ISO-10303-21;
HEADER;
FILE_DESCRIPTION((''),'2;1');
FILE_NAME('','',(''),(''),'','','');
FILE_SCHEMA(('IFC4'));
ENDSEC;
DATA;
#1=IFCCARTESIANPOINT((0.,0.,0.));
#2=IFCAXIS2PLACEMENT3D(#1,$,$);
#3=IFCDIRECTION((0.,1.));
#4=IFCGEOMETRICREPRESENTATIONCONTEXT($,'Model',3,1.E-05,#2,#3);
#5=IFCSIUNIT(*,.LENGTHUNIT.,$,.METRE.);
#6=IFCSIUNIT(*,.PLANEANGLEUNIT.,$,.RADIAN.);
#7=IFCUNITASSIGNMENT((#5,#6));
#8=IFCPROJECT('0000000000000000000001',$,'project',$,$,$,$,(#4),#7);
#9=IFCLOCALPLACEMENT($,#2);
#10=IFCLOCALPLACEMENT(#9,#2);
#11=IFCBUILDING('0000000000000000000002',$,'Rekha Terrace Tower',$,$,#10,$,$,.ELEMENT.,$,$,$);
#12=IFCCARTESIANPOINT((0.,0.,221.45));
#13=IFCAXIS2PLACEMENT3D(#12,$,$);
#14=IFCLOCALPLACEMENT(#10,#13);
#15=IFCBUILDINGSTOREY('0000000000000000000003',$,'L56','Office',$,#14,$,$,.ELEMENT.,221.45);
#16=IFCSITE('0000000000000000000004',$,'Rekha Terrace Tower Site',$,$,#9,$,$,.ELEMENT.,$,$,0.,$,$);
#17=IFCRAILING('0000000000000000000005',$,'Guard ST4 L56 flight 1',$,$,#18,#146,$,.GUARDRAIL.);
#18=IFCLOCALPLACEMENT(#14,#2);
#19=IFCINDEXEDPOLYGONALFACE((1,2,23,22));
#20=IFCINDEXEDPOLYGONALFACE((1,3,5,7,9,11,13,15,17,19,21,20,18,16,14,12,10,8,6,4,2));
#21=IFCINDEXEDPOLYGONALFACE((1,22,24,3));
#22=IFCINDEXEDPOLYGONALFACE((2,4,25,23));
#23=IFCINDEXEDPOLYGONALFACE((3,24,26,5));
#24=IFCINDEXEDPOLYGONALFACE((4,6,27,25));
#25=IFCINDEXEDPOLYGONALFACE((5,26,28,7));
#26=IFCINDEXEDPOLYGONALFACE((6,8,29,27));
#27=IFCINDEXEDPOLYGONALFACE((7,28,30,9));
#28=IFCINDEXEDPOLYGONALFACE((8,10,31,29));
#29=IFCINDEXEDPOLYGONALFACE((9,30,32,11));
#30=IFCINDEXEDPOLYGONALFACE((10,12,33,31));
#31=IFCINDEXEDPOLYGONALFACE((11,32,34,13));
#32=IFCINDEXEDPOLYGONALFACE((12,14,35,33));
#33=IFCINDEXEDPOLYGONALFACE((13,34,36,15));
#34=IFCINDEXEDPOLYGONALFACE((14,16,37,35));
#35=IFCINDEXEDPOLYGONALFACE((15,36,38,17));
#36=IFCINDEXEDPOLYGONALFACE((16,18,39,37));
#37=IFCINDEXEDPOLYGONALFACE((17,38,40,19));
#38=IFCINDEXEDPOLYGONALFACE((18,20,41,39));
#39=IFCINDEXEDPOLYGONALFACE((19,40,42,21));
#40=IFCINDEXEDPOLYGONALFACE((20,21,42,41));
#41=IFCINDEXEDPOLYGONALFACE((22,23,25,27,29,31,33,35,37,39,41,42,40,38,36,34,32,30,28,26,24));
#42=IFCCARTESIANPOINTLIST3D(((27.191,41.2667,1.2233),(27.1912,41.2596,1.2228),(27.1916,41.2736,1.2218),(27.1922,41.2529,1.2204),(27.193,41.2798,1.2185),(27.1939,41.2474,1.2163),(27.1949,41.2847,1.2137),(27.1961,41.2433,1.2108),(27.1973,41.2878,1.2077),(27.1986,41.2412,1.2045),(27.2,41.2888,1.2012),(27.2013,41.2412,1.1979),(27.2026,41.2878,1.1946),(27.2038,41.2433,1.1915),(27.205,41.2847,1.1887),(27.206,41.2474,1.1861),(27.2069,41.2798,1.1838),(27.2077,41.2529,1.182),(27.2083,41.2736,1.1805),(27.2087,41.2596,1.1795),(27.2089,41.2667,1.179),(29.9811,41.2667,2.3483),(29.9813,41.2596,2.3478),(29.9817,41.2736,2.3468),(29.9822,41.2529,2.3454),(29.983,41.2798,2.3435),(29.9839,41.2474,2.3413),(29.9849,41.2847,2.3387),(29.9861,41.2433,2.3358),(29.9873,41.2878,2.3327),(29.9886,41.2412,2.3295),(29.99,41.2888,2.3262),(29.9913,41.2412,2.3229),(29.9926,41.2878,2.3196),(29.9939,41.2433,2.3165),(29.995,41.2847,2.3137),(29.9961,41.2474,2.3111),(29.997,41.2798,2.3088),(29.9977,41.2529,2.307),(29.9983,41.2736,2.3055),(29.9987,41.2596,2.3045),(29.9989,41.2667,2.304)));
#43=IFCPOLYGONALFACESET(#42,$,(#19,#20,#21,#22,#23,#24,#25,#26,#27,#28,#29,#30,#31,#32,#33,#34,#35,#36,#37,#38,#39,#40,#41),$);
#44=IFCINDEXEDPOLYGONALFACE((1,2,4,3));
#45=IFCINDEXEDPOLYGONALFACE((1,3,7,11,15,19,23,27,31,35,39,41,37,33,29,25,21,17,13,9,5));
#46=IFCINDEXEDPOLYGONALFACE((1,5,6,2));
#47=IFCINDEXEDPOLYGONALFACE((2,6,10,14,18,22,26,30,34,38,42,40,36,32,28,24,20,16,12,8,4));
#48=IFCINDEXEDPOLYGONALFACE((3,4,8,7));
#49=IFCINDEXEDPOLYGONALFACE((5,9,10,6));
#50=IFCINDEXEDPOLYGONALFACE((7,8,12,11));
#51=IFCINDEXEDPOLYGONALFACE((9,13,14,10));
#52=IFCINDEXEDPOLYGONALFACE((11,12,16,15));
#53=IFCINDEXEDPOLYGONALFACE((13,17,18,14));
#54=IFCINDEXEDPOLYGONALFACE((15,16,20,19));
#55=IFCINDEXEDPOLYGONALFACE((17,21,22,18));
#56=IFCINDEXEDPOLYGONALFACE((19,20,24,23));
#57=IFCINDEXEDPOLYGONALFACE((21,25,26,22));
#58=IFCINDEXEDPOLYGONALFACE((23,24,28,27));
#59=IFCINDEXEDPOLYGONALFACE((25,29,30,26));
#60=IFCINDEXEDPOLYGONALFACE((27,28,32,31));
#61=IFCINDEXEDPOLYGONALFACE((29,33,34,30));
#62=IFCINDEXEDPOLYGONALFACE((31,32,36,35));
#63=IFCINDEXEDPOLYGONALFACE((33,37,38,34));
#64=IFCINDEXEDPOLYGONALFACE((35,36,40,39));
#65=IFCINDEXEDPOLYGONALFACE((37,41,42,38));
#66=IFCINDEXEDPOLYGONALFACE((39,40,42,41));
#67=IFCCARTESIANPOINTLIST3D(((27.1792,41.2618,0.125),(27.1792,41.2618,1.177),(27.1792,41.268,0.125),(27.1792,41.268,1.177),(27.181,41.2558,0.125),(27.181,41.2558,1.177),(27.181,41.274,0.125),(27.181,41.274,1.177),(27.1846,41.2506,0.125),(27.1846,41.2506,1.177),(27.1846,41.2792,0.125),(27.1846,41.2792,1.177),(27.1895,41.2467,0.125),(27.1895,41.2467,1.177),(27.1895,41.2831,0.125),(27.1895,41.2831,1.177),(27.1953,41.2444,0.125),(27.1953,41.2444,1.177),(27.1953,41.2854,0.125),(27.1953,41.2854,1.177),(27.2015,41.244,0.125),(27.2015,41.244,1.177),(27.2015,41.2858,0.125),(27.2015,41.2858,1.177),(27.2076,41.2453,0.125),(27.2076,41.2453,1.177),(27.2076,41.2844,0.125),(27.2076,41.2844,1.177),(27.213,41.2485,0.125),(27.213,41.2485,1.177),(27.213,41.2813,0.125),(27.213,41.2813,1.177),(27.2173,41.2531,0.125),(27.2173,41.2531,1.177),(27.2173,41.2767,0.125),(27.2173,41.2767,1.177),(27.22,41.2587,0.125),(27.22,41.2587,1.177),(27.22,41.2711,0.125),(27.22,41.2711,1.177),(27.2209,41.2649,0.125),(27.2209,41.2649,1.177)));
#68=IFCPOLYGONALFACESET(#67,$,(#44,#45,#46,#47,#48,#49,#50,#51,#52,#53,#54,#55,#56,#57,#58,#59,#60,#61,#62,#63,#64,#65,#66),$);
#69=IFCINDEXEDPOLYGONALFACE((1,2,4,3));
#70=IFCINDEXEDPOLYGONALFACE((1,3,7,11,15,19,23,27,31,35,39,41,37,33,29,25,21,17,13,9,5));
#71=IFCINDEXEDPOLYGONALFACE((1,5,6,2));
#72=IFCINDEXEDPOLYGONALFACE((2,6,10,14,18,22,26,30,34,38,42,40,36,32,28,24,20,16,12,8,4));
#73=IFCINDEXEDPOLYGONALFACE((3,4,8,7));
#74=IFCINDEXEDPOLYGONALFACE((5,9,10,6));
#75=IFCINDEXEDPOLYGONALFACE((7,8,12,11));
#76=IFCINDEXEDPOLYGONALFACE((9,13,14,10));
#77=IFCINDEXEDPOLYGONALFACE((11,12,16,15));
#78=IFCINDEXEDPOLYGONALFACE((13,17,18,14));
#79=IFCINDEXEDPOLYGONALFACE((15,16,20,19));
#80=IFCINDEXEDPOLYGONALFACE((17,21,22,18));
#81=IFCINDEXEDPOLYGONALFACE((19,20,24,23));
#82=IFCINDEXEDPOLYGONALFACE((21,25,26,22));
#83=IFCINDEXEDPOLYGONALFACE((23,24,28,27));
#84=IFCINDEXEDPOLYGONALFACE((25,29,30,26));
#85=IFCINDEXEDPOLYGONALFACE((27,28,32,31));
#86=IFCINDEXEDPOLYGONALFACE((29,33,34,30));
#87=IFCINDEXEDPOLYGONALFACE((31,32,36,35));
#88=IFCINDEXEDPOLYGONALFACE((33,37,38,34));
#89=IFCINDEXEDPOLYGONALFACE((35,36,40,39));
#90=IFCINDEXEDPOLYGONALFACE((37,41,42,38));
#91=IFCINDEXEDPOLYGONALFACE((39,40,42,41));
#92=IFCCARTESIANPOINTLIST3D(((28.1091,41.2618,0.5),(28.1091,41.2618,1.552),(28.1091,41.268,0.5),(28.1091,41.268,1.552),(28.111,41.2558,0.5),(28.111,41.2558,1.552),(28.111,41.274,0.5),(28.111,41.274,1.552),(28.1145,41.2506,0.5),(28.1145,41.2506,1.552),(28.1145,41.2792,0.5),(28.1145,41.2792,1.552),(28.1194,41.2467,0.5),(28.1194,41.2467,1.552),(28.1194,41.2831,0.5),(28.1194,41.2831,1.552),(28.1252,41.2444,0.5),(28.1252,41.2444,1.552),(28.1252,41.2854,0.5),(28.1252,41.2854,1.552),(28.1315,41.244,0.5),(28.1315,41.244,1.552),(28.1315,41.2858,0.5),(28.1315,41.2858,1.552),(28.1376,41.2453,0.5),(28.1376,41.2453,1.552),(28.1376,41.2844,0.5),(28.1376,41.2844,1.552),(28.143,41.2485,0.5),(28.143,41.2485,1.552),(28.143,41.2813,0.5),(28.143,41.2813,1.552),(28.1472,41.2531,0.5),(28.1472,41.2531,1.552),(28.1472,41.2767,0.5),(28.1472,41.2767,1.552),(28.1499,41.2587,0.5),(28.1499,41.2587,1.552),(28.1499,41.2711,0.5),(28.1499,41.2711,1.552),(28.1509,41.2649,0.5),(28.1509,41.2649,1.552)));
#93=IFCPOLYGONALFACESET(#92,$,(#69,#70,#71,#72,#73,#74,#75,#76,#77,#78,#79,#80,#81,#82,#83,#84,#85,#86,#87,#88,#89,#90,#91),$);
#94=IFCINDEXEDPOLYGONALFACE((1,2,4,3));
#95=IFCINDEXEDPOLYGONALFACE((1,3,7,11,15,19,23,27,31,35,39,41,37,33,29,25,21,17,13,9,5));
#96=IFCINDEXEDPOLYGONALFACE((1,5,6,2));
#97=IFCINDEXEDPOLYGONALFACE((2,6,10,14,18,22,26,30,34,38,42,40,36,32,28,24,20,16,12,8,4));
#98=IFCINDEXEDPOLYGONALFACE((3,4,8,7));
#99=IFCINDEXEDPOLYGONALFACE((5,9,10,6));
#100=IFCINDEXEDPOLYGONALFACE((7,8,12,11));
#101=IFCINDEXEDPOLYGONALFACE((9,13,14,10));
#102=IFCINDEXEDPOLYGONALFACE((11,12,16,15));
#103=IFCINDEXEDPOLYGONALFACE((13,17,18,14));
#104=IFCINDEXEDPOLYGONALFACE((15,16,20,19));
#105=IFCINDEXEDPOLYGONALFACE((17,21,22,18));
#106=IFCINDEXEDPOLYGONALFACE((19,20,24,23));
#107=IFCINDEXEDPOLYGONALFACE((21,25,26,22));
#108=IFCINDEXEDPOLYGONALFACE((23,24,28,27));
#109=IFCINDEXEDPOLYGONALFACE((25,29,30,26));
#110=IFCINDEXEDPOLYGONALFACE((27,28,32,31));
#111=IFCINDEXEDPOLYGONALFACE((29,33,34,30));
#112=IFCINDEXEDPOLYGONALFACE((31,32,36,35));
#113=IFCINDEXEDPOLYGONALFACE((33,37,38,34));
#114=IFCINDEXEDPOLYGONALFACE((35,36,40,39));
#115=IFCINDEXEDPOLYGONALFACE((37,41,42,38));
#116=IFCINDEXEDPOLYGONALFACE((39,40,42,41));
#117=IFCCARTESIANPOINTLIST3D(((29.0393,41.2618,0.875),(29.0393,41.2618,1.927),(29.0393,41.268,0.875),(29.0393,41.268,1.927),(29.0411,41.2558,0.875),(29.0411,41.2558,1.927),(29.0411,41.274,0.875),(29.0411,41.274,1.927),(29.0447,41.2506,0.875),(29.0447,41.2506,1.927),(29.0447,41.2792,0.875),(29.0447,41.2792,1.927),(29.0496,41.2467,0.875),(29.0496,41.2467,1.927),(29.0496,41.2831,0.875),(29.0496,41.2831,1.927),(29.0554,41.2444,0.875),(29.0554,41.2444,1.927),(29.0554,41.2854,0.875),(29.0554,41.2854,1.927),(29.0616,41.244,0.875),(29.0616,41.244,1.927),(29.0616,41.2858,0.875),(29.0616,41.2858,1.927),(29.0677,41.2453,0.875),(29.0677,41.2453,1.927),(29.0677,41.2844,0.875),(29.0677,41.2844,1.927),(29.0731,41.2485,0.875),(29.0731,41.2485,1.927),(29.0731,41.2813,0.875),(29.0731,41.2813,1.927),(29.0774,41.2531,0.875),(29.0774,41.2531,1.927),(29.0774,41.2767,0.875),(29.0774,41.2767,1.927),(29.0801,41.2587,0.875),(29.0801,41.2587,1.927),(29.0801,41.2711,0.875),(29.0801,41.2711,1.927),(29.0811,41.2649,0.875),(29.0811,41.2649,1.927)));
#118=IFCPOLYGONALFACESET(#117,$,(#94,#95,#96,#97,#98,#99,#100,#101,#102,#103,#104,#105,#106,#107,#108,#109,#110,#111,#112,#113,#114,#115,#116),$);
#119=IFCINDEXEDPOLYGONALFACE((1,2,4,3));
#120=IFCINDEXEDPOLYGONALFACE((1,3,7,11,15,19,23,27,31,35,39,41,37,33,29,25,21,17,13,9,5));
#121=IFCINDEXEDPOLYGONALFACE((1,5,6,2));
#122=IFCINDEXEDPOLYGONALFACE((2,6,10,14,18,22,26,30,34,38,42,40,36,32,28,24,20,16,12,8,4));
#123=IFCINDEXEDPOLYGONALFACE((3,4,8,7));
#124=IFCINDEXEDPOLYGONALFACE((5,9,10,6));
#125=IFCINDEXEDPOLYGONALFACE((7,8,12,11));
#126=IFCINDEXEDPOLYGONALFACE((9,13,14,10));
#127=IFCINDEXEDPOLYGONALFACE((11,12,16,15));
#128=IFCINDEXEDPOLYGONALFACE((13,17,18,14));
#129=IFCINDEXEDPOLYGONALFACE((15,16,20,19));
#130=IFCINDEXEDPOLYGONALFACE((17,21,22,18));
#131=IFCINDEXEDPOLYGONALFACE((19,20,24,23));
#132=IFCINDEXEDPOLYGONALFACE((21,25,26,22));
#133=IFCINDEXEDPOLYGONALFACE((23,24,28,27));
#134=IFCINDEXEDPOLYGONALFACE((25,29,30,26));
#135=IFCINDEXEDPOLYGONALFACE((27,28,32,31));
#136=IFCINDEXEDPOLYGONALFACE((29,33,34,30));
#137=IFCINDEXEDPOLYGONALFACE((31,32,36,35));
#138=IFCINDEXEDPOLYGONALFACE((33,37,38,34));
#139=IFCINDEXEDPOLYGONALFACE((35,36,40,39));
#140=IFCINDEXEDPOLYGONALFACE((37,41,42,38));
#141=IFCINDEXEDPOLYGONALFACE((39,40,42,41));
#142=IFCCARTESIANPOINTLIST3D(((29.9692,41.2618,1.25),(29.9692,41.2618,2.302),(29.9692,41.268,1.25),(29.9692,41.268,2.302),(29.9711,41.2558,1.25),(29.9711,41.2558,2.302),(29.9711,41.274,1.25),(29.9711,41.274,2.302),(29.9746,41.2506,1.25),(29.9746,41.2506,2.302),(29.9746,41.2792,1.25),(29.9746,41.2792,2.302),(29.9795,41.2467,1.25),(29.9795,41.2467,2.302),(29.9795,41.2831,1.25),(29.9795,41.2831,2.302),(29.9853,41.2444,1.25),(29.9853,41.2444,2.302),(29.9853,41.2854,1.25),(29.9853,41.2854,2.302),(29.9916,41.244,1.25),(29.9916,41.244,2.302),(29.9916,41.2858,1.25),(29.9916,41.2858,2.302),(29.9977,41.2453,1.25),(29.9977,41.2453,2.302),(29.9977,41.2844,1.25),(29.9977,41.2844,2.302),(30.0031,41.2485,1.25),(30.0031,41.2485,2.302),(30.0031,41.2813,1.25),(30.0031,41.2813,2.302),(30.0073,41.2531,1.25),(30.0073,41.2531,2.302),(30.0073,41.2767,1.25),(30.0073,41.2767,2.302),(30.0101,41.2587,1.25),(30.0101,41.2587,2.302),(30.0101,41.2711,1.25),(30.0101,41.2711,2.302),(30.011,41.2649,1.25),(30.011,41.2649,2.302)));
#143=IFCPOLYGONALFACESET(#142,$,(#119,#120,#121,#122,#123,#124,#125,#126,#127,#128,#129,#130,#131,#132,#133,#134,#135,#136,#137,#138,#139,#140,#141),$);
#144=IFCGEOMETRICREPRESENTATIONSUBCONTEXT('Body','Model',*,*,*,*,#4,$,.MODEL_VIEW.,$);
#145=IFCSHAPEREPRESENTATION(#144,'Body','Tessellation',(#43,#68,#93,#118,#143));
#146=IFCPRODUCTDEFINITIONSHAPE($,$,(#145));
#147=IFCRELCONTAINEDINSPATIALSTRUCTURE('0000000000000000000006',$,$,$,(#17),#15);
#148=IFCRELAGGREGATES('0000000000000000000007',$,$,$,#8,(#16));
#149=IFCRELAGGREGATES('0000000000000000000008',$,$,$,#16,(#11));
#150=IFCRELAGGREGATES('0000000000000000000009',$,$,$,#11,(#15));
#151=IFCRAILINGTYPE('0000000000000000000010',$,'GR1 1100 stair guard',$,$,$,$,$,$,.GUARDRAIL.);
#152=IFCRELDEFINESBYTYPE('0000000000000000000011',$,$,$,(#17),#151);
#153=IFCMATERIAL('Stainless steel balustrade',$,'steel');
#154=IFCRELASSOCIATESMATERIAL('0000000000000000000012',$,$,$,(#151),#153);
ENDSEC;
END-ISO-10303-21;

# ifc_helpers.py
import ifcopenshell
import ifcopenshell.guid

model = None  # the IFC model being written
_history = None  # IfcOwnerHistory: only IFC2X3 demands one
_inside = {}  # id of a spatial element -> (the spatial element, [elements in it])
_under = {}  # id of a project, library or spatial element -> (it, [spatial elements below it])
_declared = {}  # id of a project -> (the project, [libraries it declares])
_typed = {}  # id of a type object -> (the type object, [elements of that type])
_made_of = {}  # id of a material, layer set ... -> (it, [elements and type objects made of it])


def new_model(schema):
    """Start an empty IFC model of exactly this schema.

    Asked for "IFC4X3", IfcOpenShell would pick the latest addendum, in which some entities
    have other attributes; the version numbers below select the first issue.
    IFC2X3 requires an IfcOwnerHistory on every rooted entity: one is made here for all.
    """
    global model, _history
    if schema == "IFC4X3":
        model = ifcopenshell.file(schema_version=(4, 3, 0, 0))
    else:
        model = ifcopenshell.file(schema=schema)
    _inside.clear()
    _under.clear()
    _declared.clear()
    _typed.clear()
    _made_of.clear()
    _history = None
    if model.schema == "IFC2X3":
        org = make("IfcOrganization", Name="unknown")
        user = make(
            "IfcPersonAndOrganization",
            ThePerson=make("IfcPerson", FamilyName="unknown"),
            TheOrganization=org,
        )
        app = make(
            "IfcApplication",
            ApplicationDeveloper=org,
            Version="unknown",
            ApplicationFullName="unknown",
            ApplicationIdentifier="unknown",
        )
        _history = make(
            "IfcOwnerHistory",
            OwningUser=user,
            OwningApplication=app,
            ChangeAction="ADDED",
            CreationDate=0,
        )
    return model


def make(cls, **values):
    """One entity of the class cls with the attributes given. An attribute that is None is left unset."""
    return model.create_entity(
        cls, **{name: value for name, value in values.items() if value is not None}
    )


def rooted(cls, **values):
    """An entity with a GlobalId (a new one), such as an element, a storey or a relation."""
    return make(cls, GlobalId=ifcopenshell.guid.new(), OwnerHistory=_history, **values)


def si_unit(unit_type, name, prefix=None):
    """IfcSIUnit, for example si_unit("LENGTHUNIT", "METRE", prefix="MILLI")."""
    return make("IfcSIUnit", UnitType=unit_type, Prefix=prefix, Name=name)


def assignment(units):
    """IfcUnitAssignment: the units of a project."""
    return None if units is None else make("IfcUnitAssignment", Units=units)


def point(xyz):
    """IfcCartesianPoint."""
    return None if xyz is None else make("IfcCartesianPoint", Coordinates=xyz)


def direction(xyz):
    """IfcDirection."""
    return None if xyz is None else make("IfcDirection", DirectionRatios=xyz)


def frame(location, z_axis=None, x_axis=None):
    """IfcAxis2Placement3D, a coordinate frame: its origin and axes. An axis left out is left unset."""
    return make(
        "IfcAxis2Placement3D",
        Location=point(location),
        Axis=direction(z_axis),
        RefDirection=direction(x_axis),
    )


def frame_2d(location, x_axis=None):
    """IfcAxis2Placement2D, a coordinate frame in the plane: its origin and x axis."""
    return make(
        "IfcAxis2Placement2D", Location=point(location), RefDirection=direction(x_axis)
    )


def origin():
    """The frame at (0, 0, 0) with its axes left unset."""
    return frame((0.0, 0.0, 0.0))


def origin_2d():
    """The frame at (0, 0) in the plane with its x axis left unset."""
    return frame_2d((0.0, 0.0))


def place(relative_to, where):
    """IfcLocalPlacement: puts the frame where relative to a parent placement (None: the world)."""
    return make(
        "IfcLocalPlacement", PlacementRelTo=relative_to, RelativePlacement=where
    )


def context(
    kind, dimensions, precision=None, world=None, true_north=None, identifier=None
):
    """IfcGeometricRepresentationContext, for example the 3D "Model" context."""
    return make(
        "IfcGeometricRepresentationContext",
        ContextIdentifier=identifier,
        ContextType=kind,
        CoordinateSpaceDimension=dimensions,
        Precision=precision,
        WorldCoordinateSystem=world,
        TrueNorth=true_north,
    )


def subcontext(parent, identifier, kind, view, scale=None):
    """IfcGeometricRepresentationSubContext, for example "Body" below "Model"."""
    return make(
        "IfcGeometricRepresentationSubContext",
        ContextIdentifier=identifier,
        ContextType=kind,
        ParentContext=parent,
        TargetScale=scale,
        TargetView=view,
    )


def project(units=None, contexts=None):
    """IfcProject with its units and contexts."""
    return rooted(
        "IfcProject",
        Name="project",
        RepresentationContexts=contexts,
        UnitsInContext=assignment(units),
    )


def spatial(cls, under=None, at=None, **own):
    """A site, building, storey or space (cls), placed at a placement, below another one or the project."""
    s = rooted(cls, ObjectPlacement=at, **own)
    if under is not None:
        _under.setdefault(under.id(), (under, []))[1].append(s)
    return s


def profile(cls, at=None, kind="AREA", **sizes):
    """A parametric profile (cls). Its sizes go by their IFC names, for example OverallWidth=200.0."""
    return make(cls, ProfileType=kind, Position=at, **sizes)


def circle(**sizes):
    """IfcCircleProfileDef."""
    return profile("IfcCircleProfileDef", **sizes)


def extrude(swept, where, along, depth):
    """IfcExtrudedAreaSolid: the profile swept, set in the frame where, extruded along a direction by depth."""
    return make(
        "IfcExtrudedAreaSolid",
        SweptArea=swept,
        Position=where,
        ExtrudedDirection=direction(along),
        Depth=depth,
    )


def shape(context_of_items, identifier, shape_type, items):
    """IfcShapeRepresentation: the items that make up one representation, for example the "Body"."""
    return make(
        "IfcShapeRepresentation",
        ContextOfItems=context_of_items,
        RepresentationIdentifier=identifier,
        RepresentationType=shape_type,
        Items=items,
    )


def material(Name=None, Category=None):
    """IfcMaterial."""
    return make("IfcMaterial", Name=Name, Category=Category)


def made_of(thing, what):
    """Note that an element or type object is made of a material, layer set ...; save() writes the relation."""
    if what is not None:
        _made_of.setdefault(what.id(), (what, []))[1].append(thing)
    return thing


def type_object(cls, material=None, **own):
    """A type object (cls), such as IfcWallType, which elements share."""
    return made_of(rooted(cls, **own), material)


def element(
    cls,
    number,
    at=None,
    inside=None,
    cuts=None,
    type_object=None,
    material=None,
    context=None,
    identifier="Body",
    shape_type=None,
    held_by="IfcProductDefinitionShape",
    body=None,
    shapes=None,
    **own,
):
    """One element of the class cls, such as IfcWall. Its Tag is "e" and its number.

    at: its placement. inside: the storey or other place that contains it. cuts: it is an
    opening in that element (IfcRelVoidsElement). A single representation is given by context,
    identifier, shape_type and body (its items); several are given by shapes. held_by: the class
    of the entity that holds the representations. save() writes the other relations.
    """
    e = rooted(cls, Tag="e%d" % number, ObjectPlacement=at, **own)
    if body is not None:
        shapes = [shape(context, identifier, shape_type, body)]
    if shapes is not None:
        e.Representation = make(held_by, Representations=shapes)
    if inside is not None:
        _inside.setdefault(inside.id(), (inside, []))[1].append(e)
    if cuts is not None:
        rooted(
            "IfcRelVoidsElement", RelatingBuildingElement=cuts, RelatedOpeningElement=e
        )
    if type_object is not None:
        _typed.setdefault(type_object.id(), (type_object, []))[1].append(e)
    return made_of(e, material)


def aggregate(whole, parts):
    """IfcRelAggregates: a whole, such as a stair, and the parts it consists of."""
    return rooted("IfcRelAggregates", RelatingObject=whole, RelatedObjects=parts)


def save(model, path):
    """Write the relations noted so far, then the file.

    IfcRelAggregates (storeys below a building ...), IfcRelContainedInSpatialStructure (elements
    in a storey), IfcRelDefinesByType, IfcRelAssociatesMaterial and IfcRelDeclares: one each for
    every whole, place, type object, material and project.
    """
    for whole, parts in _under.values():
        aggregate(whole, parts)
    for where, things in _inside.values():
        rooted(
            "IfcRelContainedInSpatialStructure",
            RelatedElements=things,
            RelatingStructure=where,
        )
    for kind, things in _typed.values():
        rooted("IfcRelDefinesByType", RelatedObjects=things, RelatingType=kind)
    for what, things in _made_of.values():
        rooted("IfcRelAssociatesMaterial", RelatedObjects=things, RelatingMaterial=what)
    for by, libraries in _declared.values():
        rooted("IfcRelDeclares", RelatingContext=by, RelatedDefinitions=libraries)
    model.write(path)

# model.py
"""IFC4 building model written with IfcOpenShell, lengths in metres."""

from ifc_helpers import new_model, si_unit, direction, frame, origin, origin_2d, place, context, subcontext, project, spatial, circle, extrude, material, type_object, element, save


model = new_model("IFC4")

# Units and contexts
model_context = context("Model", 3, precision=1e-05, world=origin(), true_north=direction((0.0, 1.0)))
body_context = subcontext(model_context, "Body", "Model", "MODEL_VIEW")
ifc_project = project(units=[si_unit("LENGTHUNIT", "METRE"), si_unit("PLANEANGLEUNIT", "RADIAN")], contexts=[model_context])

# Site, building, storey
site_placement = place(None, origin())
site = spatial("IfcSite", under=ifc_project, at=site_placement, Name="Rekha Terrace Tower Site", CompositionType="ELEMENT", RefElevation=0.0)
building_placement = place(site_placement, origin())
building = spatial("IfcBuilding", under=site, at=building_placement, Name="Rekha Terrace Tower", CompositionType="ELEMENT")
storey_placement = place(building_placement, frame((0.0, 0.0, 221.45)))
storey = spatial("IfcBuildingStorey", under=building, at=storey_placement, Name="L56", Description="Office", CompositionType="ELEMENT", Elevation=221.45)

# Railing
ifc_material_1 = material(Name="Stainless steel balustrade", Category="steel")
railing_type_1 = type_object("IfcRailingType", Name="GR1 1100 stair guard", PredefinedType="GUARDRAIL", material=ifc_material_1)
railing_1_placement = place(storey_placement, frame((27.2, 41.2649, 0.125)))
element("IfcRailing", 1, at=railing_1_placement, inside=storey, type_object=railing_type_1, Name="Guard ST4 L56 flight 1", PredefinedType="GUARDRAIL", context=body_context, shape_type="SweptSolid", body=[
    extrude(circle(Radius=0.0239, at=origin_2d()), frame((0.0, 0.0, 1.0762), z_axis=(0.927443, 0.0, 0.373964), x_axis=(0.0, 1.0, 0.0)), (0.0, 0.0, 1.0), 3.0083),
    extrude(circle(Radius=0.021, at=origin_2d()), origin(), (0.0, 0.0, 1.0), 1.052),
    extrude(circle(Radius=0.021, at=origin_2d()), frame((0.9299, 0.0, 0.375)), (0.0, 0.0, 1.0), 1.052),
    extrude(circle(Radius=0.021, at=origin_2d()), frame((1.8601, 0.0, 0.75)), (0.0, 0.0, 1.0), 1.052),
    extrude(circle(Radius=0.021, at=origin_2d()), frame((2.79, 0.0, 1.125)), (0.0, 0.0, 1.0), 1.052),
])

save(model, "model.ifc")
